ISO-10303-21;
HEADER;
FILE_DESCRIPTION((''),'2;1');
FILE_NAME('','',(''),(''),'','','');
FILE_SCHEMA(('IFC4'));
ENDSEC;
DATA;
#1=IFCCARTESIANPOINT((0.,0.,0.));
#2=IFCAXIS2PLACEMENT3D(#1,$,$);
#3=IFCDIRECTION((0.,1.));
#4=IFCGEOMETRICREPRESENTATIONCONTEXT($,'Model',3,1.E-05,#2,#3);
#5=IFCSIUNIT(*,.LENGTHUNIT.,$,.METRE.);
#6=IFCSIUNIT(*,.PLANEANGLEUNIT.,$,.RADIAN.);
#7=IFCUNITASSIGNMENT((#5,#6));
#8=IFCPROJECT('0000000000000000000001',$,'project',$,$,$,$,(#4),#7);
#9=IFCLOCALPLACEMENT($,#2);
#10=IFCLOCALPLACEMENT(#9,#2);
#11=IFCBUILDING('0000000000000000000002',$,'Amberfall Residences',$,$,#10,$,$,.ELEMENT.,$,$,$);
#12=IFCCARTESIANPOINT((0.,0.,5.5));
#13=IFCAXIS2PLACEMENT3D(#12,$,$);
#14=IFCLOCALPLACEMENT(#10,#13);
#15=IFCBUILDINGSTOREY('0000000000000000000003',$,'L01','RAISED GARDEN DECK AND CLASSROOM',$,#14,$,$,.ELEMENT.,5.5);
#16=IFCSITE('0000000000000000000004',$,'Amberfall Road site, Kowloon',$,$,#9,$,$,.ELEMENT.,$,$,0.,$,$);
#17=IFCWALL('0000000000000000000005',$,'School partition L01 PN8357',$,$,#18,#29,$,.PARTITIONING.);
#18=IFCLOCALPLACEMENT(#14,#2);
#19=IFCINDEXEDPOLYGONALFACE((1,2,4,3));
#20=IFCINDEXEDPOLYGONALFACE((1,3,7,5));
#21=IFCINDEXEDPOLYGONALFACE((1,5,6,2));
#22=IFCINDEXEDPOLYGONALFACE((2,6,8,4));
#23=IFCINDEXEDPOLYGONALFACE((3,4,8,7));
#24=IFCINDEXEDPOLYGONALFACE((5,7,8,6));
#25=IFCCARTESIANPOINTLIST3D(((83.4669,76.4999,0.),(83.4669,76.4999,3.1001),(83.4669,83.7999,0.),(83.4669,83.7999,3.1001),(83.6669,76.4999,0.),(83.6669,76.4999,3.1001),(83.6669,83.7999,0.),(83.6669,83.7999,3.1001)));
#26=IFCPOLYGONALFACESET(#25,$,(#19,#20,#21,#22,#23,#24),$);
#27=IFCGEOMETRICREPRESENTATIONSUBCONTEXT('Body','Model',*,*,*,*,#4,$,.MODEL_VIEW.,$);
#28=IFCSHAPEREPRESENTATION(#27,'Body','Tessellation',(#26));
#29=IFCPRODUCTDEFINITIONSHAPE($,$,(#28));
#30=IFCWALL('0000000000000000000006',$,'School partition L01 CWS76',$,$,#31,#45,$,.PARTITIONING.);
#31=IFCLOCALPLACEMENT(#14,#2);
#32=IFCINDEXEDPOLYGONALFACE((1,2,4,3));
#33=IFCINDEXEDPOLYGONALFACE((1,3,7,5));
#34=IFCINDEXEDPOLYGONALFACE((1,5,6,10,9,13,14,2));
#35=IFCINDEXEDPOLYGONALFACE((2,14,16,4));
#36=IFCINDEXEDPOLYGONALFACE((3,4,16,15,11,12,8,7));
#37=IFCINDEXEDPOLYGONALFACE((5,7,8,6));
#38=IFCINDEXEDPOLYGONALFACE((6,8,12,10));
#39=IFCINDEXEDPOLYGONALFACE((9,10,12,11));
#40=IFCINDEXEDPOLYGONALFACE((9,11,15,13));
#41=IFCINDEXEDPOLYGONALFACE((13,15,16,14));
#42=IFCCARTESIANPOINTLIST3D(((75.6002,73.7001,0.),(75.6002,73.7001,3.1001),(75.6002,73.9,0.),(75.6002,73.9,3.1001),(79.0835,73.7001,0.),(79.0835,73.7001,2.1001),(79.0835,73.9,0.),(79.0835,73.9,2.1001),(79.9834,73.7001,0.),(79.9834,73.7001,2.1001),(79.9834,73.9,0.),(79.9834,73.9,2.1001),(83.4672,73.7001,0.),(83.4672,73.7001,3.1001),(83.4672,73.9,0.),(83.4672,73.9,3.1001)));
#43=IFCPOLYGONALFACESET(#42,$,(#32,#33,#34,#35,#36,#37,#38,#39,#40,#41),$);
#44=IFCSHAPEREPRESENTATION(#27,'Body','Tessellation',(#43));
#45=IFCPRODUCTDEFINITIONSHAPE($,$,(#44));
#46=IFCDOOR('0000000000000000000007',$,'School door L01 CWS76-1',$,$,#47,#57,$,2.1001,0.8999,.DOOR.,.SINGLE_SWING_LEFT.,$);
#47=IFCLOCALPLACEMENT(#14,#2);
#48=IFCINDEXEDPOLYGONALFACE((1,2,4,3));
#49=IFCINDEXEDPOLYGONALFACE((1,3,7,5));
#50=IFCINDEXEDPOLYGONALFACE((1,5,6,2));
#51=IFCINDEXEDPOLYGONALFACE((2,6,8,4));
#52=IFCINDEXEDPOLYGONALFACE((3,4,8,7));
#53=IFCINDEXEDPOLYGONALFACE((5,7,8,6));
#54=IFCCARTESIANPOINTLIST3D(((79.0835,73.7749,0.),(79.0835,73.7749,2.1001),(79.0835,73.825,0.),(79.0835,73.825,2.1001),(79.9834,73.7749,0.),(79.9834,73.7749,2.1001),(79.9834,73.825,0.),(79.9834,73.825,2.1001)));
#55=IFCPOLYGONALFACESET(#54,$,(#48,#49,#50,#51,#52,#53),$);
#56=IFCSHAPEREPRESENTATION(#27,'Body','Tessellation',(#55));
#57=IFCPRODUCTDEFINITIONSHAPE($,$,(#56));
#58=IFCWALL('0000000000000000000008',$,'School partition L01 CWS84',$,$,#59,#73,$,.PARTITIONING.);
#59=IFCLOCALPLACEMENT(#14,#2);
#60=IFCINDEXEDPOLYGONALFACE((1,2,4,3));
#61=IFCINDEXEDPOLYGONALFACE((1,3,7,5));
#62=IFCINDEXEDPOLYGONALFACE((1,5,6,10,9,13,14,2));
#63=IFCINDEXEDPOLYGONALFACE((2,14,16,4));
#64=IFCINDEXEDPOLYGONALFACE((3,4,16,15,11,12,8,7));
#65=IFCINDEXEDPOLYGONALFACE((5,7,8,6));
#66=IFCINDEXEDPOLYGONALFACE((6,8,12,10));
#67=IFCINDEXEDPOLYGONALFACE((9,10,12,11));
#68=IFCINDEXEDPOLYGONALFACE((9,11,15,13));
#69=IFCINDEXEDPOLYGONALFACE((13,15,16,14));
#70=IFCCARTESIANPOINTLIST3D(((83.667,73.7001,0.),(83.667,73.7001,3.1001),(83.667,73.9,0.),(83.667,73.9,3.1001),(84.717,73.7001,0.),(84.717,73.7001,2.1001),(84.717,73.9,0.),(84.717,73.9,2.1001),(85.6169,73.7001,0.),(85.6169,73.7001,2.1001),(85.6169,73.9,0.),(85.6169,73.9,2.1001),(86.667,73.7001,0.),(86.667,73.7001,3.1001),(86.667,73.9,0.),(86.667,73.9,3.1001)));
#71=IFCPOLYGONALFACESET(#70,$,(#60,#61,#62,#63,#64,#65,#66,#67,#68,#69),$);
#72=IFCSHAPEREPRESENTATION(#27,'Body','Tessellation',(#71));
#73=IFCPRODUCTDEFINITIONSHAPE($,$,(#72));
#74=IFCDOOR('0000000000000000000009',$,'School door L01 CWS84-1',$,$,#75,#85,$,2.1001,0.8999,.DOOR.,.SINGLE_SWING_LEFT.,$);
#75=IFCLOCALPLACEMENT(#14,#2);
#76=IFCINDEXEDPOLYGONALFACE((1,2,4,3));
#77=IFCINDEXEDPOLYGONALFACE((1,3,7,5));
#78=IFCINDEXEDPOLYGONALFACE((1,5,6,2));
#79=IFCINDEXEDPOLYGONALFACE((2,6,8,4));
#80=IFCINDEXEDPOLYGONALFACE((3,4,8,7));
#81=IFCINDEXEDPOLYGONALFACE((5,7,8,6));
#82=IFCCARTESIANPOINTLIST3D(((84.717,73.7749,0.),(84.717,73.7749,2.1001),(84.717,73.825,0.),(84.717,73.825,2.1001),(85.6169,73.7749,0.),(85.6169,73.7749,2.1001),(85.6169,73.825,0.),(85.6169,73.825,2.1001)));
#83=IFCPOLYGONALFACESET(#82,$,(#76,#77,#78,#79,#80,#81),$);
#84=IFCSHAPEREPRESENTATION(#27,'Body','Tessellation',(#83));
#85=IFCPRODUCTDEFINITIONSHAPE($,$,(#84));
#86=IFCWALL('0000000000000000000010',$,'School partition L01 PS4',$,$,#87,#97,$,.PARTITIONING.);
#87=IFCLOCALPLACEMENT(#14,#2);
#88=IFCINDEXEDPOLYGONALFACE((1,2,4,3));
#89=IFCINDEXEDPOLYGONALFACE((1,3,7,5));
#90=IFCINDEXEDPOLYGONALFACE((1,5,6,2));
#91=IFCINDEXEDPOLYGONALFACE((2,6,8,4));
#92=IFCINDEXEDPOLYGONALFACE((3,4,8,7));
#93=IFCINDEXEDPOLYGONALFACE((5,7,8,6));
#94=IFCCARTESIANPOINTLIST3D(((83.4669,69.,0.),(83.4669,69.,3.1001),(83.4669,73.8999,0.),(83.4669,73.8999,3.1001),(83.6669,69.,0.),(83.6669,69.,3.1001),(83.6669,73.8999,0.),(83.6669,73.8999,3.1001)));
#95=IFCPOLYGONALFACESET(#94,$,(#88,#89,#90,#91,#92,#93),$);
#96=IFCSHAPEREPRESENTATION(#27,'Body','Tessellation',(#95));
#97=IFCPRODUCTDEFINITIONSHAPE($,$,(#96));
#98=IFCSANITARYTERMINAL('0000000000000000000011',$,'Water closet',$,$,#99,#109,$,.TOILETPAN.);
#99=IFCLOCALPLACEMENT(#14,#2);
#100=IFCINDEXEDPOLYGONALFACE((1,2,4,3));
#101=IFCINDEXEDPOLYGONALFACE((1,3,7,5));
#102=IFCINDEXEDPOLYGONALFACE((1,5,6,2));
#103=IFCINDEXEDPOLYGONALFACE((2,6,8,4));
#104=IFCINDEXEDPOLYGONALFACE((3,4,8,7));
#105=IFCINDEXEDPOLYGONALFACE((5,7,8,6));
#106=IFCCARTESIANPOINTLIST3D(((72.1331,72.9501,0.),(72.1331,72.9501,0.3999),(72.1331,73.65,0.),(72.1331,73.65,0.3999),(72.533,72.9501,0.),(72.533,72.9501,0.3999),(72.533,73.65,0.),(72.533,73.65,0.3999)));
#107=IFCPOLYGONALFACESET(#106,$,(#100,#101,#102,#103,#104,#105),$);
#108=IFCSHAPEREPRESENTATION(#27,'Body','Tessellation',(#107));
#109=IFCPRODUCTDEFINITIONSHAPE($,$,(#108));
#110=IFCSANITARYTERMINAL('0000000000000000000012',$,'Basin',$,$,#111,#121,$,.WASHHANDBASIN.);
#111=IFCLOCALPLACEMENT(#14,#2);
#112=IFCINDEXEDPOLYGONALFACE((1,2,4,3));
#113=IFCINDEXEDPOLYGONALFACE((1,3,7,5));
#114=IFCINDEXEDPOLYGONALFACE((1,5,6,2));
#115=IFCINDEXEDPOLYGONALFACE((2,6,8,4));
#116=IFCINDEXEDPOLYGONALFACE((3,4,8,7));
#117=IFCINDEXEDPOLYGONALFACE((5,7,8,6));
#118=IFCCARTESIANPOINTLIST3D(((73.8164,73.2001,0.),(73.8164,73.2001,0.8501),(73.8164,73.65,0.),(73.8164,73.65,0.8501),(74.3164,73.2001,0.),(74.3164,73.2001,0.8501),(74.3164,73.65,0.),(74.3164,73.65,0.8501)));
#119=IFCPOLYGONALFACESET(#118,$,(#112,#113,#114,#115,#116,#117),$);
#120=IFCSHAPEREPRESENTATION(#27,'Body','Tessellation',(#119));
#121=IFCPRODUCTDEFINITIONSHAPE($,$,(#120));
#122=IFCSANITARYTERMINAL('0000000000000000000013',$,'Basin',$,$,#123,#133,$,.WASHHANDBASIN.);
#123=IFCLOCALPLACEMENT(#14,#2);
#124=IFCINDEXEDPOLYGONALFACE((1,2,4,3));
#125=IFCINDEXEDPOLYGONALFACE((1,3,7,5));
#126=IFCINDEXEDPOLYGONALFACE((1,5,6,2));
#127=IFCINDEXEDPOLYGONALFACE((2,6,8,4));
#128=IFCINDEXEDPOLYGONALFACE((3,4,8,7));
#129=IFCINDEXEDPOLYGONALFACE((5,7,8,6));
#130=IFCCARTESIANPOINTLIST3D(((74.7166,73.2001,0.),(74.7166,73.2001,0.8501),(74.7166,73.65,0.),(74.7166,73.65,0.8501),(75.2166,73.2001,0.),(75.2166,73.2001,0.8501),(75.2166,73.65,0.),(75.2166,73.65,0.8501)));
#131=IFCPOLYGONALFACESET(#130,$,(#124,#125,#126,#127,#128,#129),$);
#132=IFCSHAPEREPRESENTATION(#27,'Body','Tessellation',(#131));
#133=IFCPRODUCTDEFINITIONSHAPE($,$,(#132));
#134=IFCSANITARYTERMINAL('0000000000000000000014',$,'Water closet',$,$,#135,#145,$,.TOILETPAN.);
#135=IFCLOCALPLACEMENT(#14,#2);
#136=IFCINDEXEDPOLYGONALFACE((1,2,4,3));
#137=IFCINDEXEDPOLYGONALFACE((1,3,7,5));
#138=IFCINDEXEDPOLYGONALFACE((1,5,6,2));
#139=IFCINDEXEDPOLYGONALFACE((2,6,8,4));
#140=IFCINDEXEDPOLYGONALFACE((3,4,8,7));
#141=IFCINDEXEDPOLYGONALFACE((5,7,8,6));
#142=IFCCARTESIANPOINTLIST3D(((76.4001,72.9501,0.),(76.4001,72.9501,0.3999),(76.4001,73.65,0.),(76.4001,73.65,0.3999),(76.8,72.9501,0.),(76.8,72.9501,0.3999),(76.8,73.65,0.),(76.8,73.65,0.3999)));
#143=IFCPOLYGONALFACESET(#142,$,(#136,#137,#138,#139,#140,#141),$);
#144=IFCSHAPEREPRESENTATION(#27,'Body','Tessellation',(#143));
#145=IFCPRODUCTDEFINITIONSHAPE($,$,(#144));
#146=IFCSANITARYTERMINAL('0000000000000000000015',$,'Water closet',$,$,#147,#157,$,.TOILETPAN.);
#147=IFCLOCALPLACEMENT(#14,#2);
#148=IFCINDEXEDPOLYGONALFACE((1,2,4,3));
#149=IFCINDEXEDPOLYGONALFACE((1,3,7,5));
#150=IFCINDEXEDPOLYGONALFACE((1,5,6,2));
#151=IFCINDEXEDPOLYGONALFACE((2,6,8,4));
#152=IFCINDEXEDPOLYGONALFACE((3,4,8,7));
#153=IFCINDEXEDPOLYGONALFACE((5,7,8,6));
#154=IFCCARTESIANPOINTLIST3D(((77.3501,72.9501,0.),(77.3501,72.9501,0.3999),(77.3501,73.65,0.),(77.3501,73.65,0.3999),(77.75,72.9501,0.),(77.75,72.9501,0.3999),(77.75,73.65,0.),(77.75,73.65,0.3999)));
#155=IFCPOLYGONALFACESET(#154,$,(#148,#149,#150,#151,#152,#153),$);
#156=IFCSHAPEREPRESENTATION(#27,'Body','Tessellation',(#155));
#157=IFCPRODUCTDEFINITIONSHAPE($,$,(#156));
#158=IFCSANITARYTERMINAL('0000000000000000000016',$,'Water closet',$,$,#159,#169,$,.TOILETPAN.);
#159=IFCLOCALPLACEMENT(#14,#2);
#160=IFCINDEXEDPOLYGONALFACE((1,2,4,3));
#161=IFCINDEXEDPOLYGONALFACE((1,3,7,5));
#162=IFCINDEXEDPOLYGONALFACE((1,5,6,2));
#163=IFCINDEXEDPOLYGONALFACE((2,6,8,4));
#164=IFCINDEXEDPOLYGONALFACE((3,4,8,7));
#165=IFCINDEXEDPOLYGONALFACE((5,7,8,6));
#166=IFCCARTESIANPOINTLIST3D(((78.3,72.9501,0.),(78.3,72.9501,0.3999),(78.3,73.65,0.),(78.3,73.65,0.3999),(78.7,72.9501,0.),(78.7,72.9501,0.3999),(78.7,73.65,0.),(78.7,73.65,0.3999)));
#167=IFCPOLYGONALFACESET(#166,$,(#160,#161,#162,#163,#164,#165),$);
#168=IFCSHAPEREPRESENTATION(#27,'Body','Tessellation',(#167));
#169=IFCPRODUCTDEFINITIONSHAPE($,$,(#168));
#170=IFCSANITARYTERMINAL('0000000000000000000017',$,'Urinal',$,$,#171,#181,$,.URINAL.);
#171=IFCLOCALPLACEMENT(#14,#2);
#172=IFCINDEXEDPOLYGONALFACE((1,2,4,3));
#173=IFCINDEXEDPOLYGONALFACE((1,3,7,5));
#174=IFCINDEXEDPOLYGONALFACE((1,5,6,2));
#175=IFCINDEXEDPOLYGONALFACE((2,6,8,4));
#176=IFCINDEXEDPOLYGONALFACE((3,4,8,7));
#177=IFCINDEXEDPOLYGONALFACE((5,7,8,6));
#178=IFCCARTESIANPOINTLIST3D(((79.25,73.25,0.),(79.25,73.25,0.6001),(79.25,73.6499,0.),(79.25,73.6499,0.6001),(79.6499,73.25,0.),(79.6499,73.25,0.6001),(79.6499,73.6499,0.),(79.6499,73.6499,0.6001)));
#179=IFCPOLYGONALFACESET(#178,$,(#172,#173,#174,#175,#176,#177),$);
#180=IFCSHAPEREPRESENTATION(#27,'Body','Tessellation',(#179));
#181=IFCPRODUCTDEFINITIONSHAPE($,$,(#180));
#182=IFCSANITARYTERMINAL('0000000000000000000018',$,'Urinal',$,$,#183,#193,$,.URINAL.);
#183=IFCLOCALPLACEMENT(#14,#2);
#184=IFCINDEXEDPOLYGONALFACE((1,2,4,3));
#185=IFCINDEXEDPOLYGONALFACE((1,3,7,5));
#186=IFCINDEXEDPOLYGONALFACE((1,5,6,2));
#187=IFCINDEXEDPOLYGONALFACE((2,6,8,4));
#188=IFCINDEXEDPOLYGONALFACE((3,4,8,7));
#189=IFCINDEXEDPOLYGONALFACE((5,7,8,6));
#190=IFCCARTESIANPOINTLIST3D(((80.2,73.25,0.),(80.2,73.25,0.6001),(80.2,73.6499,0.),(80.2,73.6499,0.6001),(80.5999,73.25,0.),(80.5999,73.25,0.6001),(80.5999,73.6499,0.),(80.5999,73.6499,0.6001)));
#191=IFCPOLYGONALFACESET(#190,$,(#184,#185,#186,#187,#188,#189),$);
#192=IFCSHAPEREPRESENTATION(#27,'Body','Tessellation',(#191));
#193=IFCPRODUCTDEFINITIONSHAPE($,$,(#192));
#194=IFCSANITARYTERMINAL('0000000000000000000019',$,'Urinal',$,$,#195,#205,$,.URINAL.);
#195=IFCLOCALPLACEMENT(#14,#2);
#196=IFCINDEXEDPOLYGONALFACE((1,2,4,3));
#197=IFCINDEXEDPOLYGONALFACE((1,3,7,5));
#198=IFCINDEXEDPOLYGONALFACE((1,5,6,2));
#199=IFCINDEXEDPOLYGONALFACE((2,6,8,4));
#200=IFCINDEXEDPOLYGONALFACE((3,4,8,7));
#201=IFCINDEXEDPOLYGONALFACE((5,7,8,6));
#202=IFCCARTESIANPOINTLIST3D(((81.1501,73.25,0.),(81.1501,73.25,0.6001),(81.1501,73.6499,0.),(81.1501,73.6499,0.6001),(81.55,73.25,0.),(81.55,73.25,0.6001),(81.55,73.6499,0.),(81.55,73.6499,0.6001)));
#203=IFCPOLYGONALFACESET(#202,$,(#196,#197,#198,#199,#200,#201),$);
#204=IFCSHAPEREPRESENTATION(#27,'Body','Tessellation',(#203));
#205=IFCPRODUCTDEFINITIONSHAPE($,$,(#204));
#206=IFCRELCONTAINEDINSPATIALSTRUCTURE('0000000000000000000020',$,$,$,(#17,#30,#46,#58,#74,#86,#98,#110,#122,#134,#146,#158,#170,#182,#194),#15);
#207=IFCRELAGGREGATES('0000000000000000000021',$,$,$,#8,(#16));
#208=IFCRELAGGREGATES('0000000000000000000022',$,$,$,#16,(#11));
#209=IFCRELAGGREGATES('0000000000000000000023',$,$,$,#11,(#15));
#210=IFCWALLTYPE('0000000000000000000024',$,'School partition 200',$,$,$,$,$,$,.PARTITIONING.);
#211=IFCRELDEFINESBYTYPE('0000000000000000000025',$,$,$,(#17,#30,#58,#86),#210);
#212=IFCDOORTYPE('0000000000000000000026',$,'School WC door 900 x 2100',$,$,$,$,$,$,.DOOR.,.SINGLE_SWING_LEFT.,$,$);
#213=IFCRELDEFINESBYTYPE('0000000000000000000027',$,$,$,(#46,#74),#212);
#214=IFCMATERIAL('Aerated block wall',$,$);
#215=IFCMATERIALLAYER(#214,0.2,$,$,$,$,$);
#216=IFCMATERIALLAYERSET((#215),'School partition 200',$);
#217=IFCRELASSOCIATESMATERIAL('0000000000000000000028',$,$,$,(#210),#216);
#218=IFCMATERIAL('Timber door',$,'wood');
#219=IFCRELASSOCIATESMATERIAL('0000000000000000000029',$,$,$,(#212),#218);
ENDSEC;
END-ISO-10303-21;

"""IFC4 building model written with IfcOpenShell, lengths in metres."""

from ifc_helpers import new_model, si_unit, direction, frame, frame_2d, origin, origin_2d, place, context, subcontext, project, spatial, rectangle, extrude, material, layer, layer_set, type_object, element, fill, save


model = new_model("IFC4")

# Units and contexts
model_context = context("Model", 3, precision=1e-05, world=origin(), true_north=direction((0.0, 1.0)))
body_context = subcontext(model_context, "Body", "Model", "MODEL_VIEW")
ifc_project = project(units=[si_unit("LENGTHUNIT", "METRE"), si_unit("PLANEANGLEUNIT", "RADIAN")], contexts=[model_context])

# Site, building, storey
site_placement = place(None, origin())
site = spatial("IfcSite", under=ifc_project, at=site_placement, Name="Amberfall Road site, Kowloon", CompositionType="ELEMENT", RefElevation=0.0)
building_placement = place(site_placement, origin())
building = spatial("IfcBuilding", under=site, at=building_placement, Name="Amberfall Residences", CompositionType="ELEMENT")
storey_placement = place(building_placement, frame((0.0, 0.0, 5.5)))
storey = spatial("IfcBuildingStorey", under=building, at=storey_placement, Name="L01", Description="RAISED GARDEN DECK AND CLASSROOM", CompositionType="ELEMENT", Elevation=5.5)

# Shared definitions
ifc_material_1 = material(Name="Aerated block wall")

# Shared definitions
ifc_layer_1 = layer(ifc_material_1, 0.2)
ifc_layer_set_1 = layer_set([ifc_layer_1], Name="School partition 200")
wall_type_1 = type_object("IfcWallType", Name="School partition 200", PredefinedType="PARTITIONING", material=ifc_layer_set_1)
ifc_material_2 = material(Name="Timber door", Category="wood")

# Wall
for number, where, z_axis, x_axis, name in (
    (1, (83.5669, 76.5, 0.0), (0.0, 0.0, 1.0), (0.0, 1.0, 0.0), "School partition L01 PN8357"),
):
    element("IfcWall", number, at=place(storey_placement, frame(where, z_axis=z_axis, x_axis=x_axis)), inside=storey, type_object=wall_type_1, Name=name, PredefinedType="PARTITIONING", context=body_context, shape_type="SweptSolid", body=[
        extrude(rectangle(XDim=7.3, YDim=0.2, at=frame_2d((3.6499, 0.0))), origin(), (0.0, 0.0, 1.0), 3.1001),
    ])

# Walls, openings, doors
wall_1_placement = place(storey_placement, frame((75.6001, 73.8, 0.0), z_axis=(0.0, 0.0, 1.0), x_axis=(1.0, 0.0, 0.0)))
wall_1 = element("IfcWall", 2, at=wall_1_placement, inside=storey, type_object=wall_type_1, Name="School partition L01 CWS76", PredefinedType="PARTITIONING", context=body_context, shape_type="SweptSolid", body=[
    extrude(rectangle(XDim=7.8669, YDim=0.2, at=frame_2d((3.9336, 0.0))), origin(), (0.0, 0.0, 1.0), 3.1001),
])
opening_1_placement = place(wall_1_placement, frame((3.4834, 0.0, 0.0)))
opening_1 = element("IfcOpeningElement", 3, at=opening_1_placement, cuts=wall_1, PredefinedType="OPENING", context=body_context, shape_type="SweptSolid", body=[
    extrude(rectangle(XDim=0.8999, YDim=2.1001, at=frame_2d((0.45, 1.05))), frame((0.0, 0.1099, 0.0), z_axis=(0.0, -1.0, 0.0), x_axis=(1.0, 0.0, 0.0)), (0.0, 0.0, 1.0), 0.22),
])
door_type_1 = type_object("IfcDoorType", Name="School WC door 900 x 2100", OperationType="SINGLE_SWING_LEFT", PredefinedType="DOOR", material=ifc_material_2)
door_1_placement = place(opening_1_placement, origin())
door_1 = element("IfcDoor", 4, at=door_1_placement, inside=storey, type_object=door_type_1, Name="School door L01 CWS76-1", OperationType="SINGLE_SWING_LEFT", OverallHeight=2.1001, OverallWidth=0.8999, PredefinedType="DOOR", context=body_context, shape_type="SweptSolid", body=[
    extrude(rectangle(XDim=0.8999, YDim=2.1001, at=frame_2d((0.45, 1.05))), frame((0.0, 0.0249, 0.0), z_axis=(0.0, -1.0, 0.0), x_axis=(1.0, 0.0, 0.0)), (0.0, 0.0, 1.0), 0.05),
])
fill(opening_1, door_1)
wall_2_placement = place(storey_placement, frame((83.667, 73.8, 0.0), z_axis=(0.0, 0.0, 1.0), x_axis=(1.0, 0.0, 0.0)))
wall_2 = element("IfcWall", 5, at=wall_2_placement, inside=storey, type_object=wall_type_1, Name="School partition L01 CWS84", PredefinedType="PARTITIONING", context=body_context, shape_type="SweptSolid", body=[
    extrude(rectangle(XDim=3.0, YDim=0.2, at=frame_2d((1.5, 0.0))), origin(), (0.0, 0.0, 1.0), 3.1001),
])
opening_2_placement = place(wall_2_placement, frame((1.05, 0.0, 0.0)))
opening_2 = element("IfcOpeningElement", 6, at=opening_2_placement, cuts=wall_2, PredefinedType="OPENING", context=body_context, shape_type="SweptSolid", body=[
    extrude(rectangle(XDim=0.8999, YDim=2.1001, at=frame_2d((0.45, 1.05))), frame((0.0, 0.1099, 0.0), z_axis=(0.0, -1.0, 0.0), x_axis=(1.0, 0.0, 0.0)), (0.0, 0.0, 1.0), 0.22),
])
door_2_placement = place(opening_2_placement, origin())
door_2 = element("IfcDoor", 7, at=door_2_placement, inside=storey, type_object=door_type_1, Name="School door L01 CWS84-1", OperationType="SINGLE_SWING_LEFT", OverallHeight=2.1001, OverallWidth=0.8999, PredefinedType="DOOR", context=body_context, shape_type="SweptSolid", body=[
    extrude(rectangle(XDim=0.8999, YDim=2.1001, at=frame_2d((0.45, 1.05))), frame((0.0, 0.0249, 0.0), z_axis=(0.0, -1.0, 0.0), x_axis=(1.0, 0.0, 0.0)), (0.0, 0.0, 1.0), 0.05),
])
fill(opening_2, door_2)

# Wall
wall_3_placement = place(storey_placement, frame((83.5669, 69.0, 0.0), z_axis=(0.0, 0.0, 1.0), x_axis=(0.0, 1.0, 0.0)))
element("IfcWall", 8, at=wall_3_placement, inside=storey, type_object=wall_type_1, Name="School partition L01 PS4", PredefinedType="PARTITIONING", context=body_context, shape_type="SweptSolid", body=[
    extrude(rectangle(XDim=4.8999, YDim=0.2, at=frame_2d((2.45, 0.0))), origin(), (0.0, 0.0, 1.0), 3.1001),
])

# Sanitary terminals
sanitary_terminal_placement = place(storey_placement, frame((72.333, 73.3, 0.0), z_axis=(0.0, 0.0, 1.0), x_axis=(1.0, 0.0, 0.0)))
element("IfcSanitaryTerminal", 9, at=sanitary_terminal_placement, inside=storey, Name="Water closet", PredefinedType="TOILETPAN", context=body_context, shape_type="SweptSolid", body=[
    extrude(rectangle(XDim=0.3999, YDim=0.7, at=origin_2d()), origin(), (0.0, 0.0, 1.0), 0.3999),
])
for number, where, z_axis, x_axis, name in (
    (10, (74.0664, 73.425, 0.0), (0.0, 0.0, 1.0), (1.0, 0.0, 0.0), "Basin"),
    (11, (74.9666, 73.425, 0.0), (0.0, 0.0, 1.0), (1.0, 0.0, 0.0), "Basin"),
):
    element("IfcSanitaryTerminal", number, at=place(storey_placement, frame(where, z_axis=z_axis, x_axis=x_axis)), inside=storey, Name=name, PredefinedType="WASHHANDBASIN", context=body_context, shape_type="SweptSolid", body=[
        extrude(rectangle(XDim=0.5, YDim=0.45, at=origin_2d()), origin(), (0.0, 0.0, 1.0), 0.8501),
    ])
for number, where, z_axis, x_axis, name in (
    (12, (76.6001, 73.3, 0.0), (0.0, 0.0, 1.0), (1.0, 0.0, 0.0), "Water closet"),
    (13, (77.55, 73.3, 0.0), (0.0, 0.0, 1.0), (1.0, 0.0, 0.0), "Water closet"),
    (14, (78.5, 73.3, 0.0), (0.0, 0.0, 1.0), (1.0, 0.0, 0.0), "Water closet"),
):
    element("IfcSanitaryTerminal", number, at=place(storey_placement, frame(where, z_axis=z_axis, x_axis=x_axis)), inside=storey, Name=name, PredefinedType="TOILETPAN", context=body_context, shape_type="SweptSolid", body=[
        extrude(rectangle(XDim=0.3999, YDim=0.7, at=origin_2d()), origin(), (0.0, 0.0, 1.0), 0.3999),
    ])
for number, where, z_axis, x_axis, name in (
    (15, (79.45, 73.45, 0.0), (0.0, 0.0, 1.0), (1.0, 0.0, 0.0), "Urinal"),
    (16, (80.3999, 73.45, 0.0), (0.0, 0.0, 1.0), (1.0, 0.0, 0.0), "Urinal"),
    (17, (81.3501, 73.45, 0.0), (0.0, 0.0, 1.0), (1.0, 0.0, 0.0), "Urinal"),
):
    element("IfcSanitaryTerminal", number, at=place(storey_placement, frame(where, z_axis=z_axis, x_axis=x_axis)), inside=storey, Name=name, PredefinedType="URINAL", context=body_context, shape_type="SweptSolid", body=[
        extrude(rectangle(XDim=0.3999, YDim=0.3999, at=origin_2d()), origin(), (0.0, 0.0, 1.0), 0.6001),
    ])

save(model, "model.ifc")
